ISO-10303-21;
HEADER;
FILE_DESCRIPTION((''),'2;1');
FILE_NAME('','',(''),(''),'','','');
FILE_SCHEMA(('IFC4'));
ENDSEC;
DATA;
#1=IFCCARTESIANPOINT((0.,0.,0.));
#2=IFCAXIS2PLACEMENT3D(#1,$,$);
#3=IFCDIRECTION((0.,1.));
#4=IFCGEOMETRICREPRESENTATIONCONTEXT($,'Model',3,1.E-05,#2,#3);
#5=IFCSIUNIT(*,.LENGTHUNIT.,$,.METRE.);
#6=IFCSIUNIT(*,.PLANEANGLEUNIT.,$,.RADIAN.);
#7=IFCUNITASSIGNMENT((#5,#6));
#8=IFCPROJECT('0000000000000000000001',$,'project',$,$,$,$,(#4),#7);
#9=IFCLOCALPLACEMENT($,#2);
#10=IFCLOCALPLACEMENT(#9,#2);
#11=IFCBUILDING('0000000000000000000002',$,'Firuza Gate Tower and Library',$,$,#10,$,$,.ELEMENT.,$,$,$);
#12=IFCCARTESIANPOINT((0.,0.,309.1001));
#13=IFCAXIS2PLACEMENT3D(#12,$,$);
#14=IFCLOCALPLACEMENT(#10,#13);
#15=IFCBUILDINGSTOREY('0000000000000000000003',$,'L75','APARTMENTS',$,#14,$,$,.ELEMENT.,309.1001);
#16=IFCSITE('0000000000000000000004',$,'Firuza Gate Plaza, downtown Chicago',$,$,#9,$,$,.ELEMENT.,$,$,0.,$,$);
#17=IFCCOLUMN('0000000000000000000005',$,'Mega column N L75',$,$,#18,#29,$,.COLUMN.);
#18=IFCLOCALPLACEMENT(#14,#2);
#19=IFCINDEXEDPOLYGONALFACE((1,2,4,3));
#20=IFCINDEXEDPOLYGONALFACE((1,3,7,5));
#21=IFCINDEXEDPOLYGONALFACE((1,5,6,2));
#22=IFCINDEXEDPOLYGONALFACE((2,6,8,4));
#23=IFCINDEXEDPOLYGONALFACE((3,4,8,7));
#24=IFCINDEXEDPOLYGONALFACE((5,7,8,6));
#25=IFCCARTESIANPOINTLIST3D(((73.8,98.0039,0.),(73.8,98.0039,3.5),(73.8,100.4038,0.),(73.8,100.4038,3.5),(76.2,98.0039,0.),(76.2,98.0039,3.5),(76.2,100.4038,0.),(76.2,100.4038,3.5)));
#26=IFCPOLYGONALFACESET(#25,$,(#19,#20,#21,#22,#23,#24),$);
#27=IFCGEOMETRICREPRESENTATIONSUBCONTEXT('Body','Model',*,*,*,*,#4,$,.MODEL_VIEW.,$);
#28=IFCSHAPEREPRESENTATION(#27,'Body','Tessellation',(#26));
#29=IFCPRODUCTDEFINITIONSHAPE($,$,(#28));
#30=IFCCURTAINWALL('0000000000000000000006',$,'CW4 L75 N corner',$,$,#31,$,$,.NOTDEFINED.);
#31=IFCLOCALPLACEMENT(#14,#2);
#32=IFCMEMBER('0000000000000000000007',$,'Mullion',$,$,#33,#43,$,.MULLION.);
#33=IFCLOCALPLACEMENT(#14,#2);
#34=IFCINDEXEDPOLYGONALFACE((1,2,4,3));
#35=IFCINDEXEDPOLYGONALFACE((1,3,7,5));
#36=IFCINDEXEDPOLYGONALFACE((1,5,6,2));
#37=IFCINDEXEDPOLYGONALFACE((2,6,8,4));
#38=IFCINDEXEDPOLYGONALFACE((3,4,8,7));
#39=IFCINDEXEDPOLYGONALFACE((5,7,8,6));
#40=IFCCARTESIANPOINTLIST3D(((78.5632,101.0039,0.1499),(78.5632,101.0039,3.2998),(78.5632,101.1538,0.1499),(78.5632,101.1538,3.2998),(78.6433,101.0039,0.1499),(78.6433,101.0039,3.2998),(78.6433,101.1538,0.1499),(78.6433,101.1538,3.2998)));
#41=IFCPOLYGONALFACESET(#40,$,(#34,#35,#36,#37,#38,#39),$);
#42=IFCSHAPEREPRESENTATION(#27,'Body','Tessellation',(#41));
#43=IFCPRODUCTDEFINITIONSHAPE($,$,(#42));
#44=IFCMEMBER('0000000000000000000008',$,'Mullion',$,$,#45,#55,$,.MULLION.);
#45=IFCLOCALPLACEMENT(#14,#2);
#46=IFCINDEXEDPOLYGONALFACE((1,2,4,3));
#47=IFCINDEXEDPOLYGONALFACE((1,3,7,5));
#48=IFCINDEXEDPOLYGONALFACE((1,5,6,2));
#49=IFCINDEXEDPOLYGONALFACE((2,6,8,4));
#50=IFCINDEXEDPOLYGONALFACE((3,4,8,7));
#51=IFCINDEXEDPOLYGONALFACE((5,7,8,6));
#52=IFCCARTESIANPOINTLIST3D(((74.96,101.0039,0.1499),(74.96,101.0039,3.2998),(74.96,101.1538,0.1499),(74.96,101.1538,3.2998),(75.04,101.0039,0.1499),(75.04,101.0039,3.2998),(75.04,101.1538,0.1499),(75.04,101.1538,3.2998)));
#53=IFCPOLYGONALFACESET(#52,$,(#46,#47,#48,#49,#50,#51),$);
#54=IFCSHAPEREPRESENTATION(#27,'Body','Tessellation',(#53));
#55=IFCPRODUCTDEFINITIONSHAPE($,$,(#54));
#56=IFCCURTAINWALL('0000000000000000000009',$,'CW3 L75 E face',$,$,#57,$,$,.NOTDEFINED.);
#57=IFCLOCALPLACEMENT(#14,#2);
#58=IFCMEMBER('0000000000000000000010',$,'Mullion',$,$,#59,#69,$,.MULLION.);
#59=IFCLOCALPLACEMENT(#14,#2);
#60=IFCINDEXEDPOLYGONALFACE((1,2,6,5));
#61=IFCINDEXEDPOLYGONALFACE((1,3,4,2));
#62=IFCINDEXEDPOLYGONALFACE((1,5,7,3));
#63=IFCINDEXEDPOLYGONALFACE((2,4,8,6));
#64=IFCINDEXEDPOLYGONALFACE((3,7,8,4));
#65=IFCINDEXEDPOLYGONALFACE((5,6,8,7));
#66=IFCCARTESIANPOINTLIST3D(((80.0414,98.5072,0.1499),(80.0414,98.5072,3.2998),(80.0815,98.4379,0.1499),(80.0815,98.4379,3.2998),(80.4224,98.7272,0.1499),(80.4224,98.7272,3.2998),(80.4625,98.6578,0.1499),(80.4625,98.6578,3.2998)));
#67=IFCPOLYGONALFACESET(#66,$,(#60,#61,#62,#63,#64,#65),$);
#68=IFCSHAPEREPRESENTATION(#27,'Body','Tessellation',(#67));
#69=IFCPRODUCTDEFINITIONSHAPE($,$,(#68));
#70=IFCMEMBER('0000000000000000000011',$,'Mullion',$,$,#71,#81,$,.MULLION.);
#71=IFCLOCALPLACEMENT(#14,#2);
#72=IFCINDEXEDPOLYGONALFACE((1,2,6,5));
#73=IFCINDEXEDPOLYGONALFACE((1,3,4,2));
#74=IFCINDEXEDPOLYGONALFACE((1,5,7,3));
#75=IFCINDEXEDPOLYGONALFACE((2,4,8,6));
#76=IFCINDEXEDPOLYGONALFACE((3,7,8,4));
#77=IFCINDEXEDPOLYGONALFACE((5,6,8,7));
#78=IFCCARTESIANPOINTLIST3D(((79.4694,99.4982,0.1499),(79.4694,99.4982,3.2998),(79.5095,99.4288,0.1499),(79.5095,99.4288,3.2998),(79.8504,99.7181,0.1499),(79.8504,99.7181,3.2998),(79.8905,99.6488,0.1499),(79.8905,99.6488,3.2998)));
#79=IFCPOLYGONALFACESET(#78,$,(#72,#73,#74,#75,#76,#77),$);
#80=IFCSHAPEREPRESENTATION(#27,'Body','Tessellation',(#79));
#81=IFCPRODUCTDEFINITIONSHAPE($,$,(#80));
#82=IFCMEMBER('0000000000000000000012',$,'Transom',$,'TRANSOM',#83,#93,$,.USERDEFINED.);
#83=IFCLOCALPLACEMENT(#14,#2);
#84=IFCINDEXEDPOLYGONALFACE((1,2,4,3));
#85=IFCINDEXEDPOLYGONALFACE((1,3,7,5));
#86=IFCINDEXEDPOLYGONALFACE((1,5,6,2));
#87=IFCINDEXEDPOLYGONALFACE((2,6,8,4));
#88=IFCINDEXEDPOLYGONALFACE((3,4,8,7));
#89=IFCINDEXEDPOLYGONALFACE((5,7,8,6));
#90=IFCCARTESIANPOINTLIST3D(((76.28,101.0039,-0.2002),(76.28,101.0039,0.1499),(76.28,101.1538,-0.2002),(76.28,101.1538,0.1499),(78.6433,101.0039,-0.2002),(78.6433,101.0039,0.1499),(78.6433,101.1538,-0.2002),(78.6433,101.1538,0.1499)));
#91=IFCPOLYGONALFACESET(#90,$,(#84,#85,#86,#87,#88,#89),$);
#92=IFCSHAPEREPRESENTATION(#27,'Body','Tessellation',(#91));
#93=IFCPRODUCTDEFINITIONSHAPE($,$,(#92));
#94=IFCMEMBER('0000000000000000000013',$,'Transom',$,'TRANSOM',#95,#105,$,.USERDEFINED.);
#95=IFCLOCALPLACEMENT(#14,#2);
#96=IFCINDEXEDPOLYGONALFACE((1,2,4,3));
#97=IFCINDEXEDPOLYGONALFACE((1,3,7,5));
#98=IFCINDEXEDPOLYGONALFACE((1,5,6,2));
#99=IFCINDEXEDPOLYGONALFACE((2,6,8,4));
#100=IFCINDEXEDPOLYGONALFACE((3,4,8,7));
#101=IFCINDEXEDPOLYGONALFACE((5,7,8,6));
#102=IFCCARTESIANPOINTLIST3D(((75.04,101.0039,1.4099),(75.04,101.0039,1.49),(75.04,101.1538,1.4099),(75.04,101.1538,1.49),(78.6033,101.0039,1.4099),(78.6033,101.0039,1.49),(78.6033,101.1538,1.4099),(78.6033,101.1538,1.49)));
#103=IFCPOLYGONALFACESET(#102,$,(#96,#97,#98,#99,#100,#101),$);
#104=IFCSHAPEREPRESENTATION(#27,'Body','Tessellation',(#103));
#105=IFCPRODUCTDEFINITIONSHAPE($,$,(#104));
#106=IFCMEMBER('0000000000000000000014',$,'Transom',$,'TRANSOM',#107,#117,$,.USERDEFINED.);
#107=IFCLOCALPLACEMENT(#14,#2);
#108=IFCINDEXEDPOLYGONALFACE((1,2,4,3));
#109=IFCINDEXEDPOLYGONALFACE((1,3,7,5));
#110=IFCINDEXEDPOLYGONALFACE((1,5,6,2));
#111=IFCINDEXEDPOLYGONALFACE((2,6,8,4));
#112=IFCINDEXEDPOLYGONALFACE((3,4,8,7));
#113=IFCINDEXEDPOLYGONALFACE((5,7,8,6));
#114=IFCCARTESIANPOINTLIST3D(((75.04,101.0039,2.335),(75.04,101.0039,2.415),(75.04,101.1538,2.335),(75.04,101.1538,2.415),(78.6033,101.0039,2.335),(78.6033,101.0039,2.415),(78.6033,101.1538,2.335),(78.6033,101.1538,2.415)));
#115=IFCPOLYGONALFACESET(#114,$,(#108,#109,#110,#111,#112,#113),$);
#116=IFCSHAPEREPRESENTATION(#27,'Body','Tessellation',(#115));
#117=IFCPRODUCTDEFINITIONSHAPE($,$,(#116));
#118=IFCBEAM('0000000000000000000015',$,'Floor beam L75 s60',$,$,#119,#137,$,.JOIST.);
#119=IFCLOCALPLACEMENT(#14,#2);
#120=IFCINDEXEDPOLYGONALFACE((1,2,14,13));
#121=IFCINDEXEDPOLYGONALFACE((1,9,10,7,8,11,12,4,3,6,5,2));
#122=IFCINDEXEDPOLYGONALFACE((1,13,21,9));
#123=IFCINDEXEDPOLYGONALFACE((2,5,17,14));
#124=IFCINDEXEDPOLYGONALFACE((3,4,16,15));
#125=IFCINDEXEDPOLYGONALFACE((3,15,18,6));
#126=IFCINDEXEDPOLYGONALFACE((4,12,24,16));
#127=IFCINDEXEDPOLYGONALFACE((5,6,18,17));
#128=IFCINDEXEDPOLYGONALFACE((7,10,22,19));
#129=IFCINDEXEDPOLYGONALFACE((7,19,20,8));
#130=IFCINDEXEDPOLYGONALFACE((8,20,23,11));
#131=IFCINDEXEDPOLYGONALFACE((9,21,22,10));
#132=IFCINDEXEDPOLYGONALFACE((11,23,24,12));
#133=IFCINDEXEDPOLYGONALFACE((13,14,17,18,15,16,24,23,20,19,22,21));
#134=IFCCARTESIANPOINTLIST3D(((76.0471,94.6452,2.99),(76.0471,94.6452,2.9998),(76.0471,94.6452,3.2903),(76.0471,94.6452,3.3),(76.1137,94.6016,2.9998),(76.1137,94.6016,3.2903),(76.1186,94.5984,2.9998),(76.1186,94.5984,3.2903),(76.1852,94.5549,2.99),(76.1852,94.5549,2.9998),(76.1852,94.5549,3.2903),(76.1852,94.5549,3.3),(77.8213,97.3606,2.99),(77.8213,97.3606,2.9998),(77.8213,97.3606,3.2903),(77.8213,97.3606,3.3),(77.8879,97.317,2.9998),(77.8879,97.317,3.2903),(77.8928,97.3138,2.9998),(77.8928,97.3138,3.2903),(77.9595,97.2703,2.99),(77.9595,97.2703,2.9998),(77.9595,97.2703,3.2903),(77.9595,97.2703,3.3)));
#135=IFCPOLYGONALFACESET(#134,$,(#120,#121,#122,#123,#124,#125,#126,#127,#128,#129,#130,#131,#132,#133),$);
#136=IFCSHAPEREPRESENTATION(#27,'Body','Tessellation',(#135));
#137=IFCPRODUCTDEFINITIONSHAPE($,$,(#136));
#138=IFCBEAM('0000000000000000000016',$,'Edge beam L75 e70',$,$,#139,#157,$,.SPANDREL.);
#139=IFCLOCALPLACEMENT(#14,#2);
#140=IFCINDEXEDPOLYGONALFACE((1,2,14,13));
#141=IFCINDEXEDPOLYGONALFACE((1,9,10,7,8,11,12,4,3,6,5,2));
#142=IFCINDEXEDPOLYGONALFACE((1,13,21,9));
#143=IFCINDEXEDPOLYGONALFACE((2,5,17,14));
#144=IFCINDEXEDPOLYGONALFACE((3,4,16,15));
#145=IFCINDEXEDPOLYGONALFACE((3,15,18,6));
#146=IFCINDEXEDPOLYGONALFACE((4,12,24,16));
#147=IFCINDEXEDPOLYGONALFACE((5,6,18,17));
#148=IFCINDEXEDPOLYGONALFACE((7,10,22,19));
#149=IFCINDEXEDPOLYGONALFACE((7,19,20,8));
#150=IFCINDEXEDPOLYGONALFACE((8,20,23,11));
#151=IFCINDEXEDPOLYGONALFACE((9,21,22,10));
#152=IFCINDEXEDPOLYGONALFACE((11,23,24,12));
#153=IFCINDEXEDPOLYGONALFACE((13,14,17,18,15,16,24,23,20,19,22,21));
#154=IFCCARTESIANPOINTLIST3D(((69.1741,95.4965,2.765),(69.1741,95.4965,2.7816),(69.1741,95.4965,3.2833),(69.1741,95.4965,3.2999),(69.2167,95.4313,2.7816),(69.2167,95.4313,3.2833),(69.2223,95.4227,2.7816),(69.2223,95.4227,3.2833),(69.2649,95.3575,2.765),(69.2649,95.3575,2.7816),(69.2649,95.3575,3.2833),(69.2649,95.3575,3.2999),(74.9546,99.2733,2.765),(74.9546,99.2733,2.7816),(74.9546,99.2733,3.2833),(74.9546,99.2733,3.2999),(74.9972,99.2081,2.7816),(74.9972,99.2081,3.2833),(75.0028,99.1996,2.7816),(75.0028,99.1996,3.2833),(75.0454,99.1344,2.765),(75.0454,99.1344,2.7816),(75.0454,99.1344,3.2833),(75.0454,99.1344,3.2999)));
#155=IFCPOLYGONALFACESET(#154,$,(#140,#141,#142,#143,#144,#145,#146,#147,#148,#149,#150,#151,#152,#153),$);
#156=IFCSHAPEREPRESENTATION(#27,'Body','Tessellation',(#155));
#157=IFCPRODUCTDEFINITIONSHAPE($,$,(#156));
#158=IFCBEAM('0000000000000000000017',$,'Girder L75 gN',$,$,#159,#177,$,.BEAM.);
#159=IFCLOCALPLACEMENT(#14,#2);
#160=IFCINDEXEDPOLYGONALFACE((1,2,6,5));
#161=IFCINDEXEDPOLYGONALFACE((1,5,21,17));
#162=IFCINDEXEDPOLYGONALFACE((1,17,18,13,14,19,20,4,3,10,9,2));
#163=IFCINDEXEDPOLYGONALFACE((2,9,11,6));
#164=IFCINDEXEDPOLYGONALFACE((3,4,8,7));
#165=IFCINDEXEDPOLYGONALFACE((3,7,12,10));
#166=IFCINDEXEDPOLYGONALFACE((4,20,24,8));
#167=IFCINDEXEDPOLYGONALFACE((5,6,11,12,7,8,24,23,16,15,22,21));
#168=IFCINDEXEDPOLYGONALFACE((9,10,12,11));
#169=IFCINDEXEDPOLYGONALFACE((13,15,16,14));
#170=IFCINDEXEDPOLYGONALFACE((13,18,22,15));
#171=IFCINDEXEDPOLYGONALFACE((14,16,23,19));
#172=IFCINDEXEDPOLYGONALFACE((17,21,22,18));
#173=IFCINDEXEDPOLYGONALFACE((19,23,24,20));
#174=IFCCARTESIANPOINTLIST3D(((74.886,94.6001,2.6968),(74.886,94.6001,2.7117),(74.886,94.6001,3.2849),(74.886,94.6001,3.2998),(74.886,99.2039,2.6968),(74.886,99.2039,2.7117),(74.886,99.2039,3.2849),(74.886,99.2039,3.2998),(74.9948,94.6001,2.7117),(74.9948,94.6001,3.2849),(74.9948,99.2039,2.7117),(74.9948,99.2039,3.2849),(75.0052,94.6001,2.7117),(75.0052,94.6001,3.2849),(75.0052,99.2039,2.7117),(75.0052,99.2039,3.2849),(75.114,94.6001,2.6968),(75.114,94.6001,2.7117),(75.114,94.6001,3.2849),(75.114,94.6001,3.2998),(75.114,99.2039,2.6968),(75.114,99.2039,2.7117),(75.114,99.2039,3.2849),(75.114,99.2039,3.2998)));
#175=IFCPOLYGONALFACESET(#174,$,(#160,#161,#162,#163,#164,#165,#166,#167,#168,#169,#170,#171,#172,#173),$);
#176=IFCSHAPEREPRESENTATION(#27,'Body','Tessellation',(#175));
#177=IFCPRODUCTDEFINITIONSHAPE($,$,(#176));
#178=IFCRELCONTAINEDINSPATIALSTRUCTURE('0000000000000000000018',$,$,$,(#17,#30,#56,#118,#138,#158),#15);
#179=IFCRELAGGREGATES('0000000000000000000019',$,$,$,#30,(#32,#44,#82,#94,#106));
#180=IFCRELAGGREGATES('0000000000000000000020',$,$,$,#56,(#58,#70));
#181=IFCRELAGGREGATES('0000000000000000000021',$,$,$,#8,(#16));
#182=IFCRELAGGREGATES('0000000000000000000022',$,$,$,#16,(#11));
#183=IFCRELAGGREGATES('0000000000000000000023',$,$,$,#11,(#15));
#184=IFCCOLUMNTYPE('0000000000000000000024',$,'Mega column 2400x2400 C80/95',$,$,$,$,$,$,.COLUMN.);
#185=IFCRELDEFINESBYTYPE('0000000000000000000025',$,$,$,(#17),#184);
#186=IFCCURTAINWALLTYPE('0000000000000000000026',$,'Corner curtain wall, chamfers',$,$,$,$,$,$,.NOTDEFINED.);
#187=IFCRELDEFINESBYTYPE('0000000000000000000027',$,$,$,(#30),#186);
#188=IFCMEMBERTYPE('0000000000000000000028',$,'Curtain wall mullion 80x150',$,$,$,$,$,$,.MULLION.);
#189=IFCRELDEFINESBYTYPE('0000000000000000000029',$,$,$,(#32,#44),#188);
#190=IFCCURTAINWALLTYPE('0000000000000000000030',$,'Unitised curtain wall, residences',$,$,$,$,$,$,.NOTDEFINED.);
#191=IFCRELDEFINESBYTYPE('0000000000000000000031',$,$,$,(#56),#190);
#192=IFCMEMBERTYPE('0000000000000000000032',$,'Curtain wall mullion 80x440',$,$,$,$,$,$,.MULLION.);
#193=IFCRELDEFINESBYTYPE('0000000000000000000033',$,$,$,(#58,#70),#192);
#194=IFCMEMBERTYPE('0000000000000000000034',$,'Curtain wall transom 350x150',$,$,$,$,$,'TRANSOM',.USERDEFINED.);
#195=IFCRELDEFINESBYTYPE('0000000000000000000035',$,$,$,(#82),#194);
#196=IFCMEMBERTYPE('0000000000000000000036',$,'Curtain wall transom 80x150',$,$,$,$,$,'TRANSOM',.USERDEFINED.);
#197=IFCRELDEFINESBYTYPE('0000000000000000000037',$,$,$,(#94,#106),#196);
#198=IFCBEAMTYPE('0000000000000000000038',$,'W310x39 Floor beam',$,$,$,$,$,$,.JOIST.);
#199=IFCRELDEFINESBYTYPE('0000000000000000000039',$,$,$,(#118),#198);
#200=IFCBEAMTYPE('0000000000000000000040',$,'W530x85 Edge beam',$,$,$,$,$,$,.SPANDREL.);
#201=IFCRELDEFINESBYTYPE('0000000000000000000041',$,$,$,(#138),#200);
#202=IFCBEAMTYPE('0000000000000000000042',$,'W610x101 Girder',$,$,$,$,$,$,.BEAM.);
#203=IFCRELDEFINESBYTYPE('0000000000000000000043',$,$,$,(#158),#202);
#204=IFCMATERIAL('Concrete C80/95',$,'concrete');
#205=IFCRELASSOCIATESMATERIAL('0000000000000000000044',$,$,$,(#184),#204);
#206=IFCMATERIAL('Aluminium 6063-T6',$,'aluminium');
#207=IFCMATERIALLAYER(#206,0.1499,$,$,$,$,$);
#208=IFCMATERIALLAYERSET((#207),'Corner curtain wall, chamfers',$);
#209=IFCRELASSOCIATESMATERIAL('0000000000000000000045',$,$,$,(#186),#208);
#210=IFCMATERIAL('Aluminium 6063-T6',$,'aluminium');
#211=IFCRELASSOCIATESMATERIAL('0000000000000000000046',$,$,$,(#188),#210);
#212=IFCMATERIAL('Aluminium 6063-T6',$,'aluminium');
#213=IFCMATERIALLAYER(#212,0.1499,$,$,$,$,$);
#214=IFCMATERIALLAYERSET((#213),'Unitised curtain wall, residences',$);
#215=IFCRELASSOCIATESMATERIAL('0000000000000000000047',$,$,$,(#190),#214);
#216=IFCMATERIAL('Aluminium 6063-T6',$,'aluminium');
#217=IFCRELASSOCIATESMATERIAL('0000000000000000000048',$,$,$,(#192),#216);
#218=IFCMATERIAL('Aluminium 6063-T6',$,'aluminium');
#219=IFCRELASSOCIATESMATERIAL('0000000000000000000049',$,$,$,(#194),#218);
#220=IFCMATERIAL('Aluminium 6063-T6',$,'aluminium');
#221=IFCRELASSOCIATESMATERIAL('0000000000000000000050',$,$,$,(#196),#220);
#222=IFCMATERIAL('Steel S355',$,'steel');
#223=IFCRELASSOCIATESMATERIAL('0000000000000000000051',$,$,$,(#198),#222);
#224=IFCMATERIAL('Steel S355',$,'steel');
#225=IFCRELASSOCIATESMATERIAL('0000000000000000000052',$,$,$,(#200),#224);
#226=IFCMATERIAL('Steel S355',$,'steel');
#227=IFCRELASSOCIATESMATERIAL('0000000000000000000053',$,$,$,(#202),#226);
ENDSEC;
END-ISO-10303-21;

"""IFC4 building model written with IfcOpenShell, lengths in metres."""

from ifc_helpers import new_model, si_unit, direction, frame, origin, origin_2d, place, context, subcontext, project, spatial, rectangle, i_section, extrude, material, layer, layer_set, material_profile, profile_set, type_object, element, aggregate, save


model = new_model("IFC4")

# Units and contexts
model_context = context("Model", 3, precision=1e-05, world=origin(), true_north=direction((0.0, 1.0)))
body_context = subcontext(model_context, "Body", "Model", "MODEL_VIEW")
ifc_project = project(units=[si_unit("LENGTHUNIT", "METRE"), si_unit("PLANEANGLEUNIT", "RADIAN")], contexts=[model_context])

# Site, building, storey
site_placement = place(None, origin())
site = spatial("IfcSite", under=ifc_project, at=site_placement, Name="Firuza Gate Plaza, downtown Chicago", CompositionType="ELEMENT", RefElevation=0.0)
building_placement = place(site_placement, origin())
building = spatial("IfcBuilding", under=site, at=building_placement, Name="Firuza Gate Tower and Library", CompositionType="ELEMENT")
storey_placement = place(building_placement, frame((0.0, 0.0, 309.1001)))
storey = spatial("IfcBuildingStorey", under=building, at=storey_placement, Name="L75", Description="APARTMENTS", CompositionType="ELEMENT", Elevation=309.1001)

# Column
ifc_material_1 = material(Name="Concrete C80/95", Category="concrete")
ifc_material_profile_1 = material_profile(ifc_material_1, rectangle(XDim=2.3999, YDim=2.3999, at=origin_2d()))
ifc_profile_set_1 = profile_set([ifc_material_profile_1], Name="Concrete C80/95")
column_type = type_object("IfcColumnType", Name="Mega column 2400x2400 C80/95", PredefinedType="COLUMN", material=ifc_profile_set_1)
column_placement = place(storey_placement, frame((75.0, 99.2039, 0.0), z_axis=(0.0, 0.0, 1.0), x_axis=(-1.0, 0.0, 0.0)))
element("IfcColumn", 1, at=column_placement, inside=storey, type_object=column_type, Name="Mega column N L75", PredefinedType="COLUMN", context=body_context, shape_type="SweptSolid", body=[
    extrude(rectangle(XDim=2.3999, YDim=2.3999, at=origin_2d()), origin(), (0.0, 0.0, 1.0), 3.5),
])

# Curtain walls, members
ifc_material_2 = material(Name="Aluminium 6063-T6", Category="aluminium")
ifc_layer_1 = layer(ifc_material_2, 0.1499)
ifc_layer_set_1 = layer_set([ifc_layer_1], Name="Corner curtain wall, chamfers")
curtain_wall_type_1 = type_object("IfcCurtainWallType", Name="Corner curtain wall, chamfers", PredefinedType="NOTDEFINED", material=ifc_layer_set_1)
placement = place(storey_placement, origin())
curtain_wall_1 = element("IfcCurtainWall", 2, at=placement, inside=storey, type_object=curtain_wall_type_1, Name="CW4 L75 N corner", PredefinedType="NOTDEFINED")
ifc_material_3 = material(Name="Aluminium 6063-T6", Category="aluminium")
ifc_material_profile_2 = material_profile(ifc_material_3, rectangle(XDim=0.1499, YDim=0.0801, at=origin_2d()))
ifc_profile_set_2 = profile_set([ifc_material_profile_2], Name="Aluminium 6063-T6")
member_type_1 = type_object("IfcMemberType", Name="Curtain wall mullion 80x150", PredefinedType="MULLION", material=ifc_profile_set_2)
member_1_placement = place(storey_placement, frame((78.6033, 101.0789, 0.1499), z_axis=(0.0, 0.0, 1.0), x_axis=(0.0, -1.0, 0.0)))
member_1 = element("IfcMember", 3, at=member_1_placement, type_object=member_type_1, Name="Mullion", PredefinedType="MULLION", context=body_context, shape_type="SweptSolid", body=[
    extrude(rectangle(XDim=0.1499, YDim=0.0801, at=origin_2d()), origin(), (0.0, 0.0, 1.0), 3.1499),
])
member_2_placement = place(storey_placement, frame((75.0, 101.0789, 0.1499), z_axis=(0.0, 0.0, 1.0), x_axis=(0.0, -1.0, 0.0)))
member_2 = element("IfcMember", 4, at=member_2_placement, type_object=member_type_1, Name="Mullion", PredefinedType="MULLION", context=body_context, shape_type="SweptSolid", body=[
    extrude(rectangle(XDim=0.1499, YDim=0.0801, at=origin_2d()), origin(), (0.0, 0.0, 1.0), 3.1499),
])
ifc_material_4 = material(Name="Aluminium 6063-T6", Category="aluminium")
ifc_layer_2 = layer(ifc_material_4, 0.1499)
ifc_layer_set_2 = layer_set([ifc_layer_2], Name="Unitised curtain wall, residences")
curtain_wall_type_2 = type_object("IfcCurtainWallType", Name="Unitised curtain wall, residences", PredefinedType="NOTDEFINED", material=ifc_layer_set_2)
curtain_wall_2 = element("IfcCurtainWall", 5, at=placement, inside=storey, type_object=curtain_wall_type_2, Name="CW3 L75 E face", PredefinedType="NOTDEFINED")
ifc_material_5 = material(Name="Aluminium 6063-T6", Category="aluminium")
ifc_material_profile_3 = material_profile(ifc_material_5, rectangle(XDim=0.4399, YDim=0.0801, at=origin_2d()))
ifc_profile_set_3 = profile_set([ifc_material_profile_3], Name="Aluminium 6063-T6")
member_type_2 = type_object("IfcMemberType", Name="Curtain wall mullion 80x440", PredefinedType="MULLION", material=ifc_profile_set_3)
member_3_placement = place(storey_placement, frame((80.252, 98.5825, 0.1499), z_axis=(0.0, 0.0, 1.0), x_axis=(-0.866025, -0.5, 0.0)))
member_3 = element("IfcMember", 6, at=member_3_placement, type_object=member_type_2, Name="Mullion", PredefinedType="MULLION", context=body_context, shape_type="SweptSolid", body=[
    extrude(rectangle(XDim=0.4399, YDim=0.0801, at=origin_2d()), origin(), (0.0, 0.0, 1.0), 3.1499),
])
member_4_placement = place(storey_placement, frame((79.6799, 99.5735, 0.1499), z_axis=(0.0, 0.0, 1.0), x_axis=(-0.866025, -0.5, 0.0)))
member_4 = element("IfcMember", 7, at=member_4_placement, type_object=member_type_2, Name="Mullion", PredefinedType="MULLION", context=body_context, shape_type="SweptSolid", body=[
    extrude(rectangle(XDim=0.4399, YDim=0.0801, at=origin_2d()), origin(), (0.0, 0.0, 1.0), 3.1499),
])

# Members
ifc_material_6 = material(Name="Aluminium 6063-T6", Category="aluminium")
ifc_material_profile_4 = material_profile(ifc_material_6, rectangle(XDim=0.1499, YDim=0.3501, at=origin_2d()))
ifc_profile_set_4 = profile_set([ifc_material_profile_4], Name="Aluminium 6063-T6")
member_type_3 = type_object("IfcMemberType", Name="Curtain wall transom 350x150", ElementType="TRANSOM", PredefinedType="USERDEFINED", material=ifc_profile_set_4)
member_5_placement = place(storey_placement, frame((78.6433, 101.0789, -0.0251), z_axis=(-1.0, 0.0, 0.0), x_axis=(0.0, -1.0, 0.0)))
member_5 = element("IfcMember", 8, at=member_5_placement, type_object=member_type_3, Name="Transom", ObjectType="TRANSOM", PredefinedType="USERDEFINED", context=body_context, shape_type="SweptSolid", body=[
    extrude(rectangle(XDim=0.1499, YDim=0.3501, at=origin_2d()), origin(), (0.0, 0.0, 1.0), 2.3633),
])
ifc_material_7 = material(Name="Aluminium 6063-T6", Category="aluminium")
ifc_material_profile_5 = material_profile(ifc_material_7, rectangle(XDim=0.1499, YDim=0.0801, at=origin_2d()))
ifc_profile_set_5 = profile_set([ifc_material_profile_5], Name="Aluminium 6063-T6")
member_type_4 = type_object("IfcMemberType", Name="Curtain wall transom 80x150", ElementType="TRANSOM", PredefinedType="USERDEFINED", material=ifc_profile_set_5)
member_6_placement = place(storey_placement, frame((78.6033, 101.0789, 1.45), z_axis=(-1.0, 0.0, 0.0), x_axis=(0.0, -1.0, 0.0)))
member_6 = element("IfcMember", 9, at=member_6_placement, type_object=member_type_4, Name="Transom", ObjectType="TRANSOM", PredefinedType="USERDEFINED", context=body_context, shape_type="SweptSolid", body=[
    extrude(rectangle(XDim=0.1499, YDim=0.0801, at=origin_2d()), origin(), (0.0, 0.0, 1.0), 3.5632),
])
member_7_placement = place(storey_placement, frame((78.6033, 101.0789, 2.375), z_axis=(-1.0, 0.0, 0.0), x_axis=(0.0, -1.0, 0.0)))
member_7 = element("IfcMember", 10, at=member_7_placement, type_object=member_type_4, Name="Transom", ObjectType="TRANSOM", PredefinedType="USERDEFINED", context=body_context, shape_type="SweptSolid", body=[
    extrude(rectangle(XDim=0.1499, YDim=0.0801, at=origin_2d()), origin(), (0.0, 0.0, 1.0), 3.5632),
])

# Beams
ifc_material_8 = material(Name="Steel S355", Category="steel")
ifc_material_profile_6 = material_profile(ifc_material_8, i_section(OverallWidth=0.165, OverallDepth=0.3101, WebThickness=0.0059, FlangeThickness=0.0098, at=origin_2d()))
ifc_profile_set_6 = profile_set([ifc_material_profile_6], Name="Steel S355")
beam_type_1 = type_object("IfcBeamType", Name="W310x39 Floor beam", PredefinedType="JOIST", material=ifc_profile_set_6)
beam_1_placement = place(storey_placement, frame((77.8904, 97.3154, 3.145), z_axis=(-0.546982, -0.837145, 0.0), x_axis=(0.837145, -0.546982, 0.0)))
element("IfcBeam", 11, at=beam_1_placement, inside=storey, type_object=beam_type_1, Name="Floor beam L75 s60", PredefinedType="JOIST", context=body_context, shape_type="SweptSolid", body=[
    extrude(i_section(OverallWidth=0.165, OverallDepth=0.3101, WebThickness=0.0059, FlangeThickness=0.0098, at=origin_2d()), origin(), (0.0, 0.0, 1.0), 3.2437),
])
ifc_material_9 = material(Name="Steel S355", Category="steel")
ifc_material_profile_7 = material_profile(ifc_material_9, i_section(OverallWidth=0.166, OverallDepth=0.5349, WebThickness=0.0103, FlangeThickness=0.0166, at=origin_2d()))
ifc_profile_set_7 = profile_set([ifc_material_profile_7], Name="Steel S355")
beam_type_2 = type_object("IfcBeamType", Name="W530x85 Edge beam", PredefinedType="SPANDREL", material=ifc_profile_set_7)
beam_2_placement = place(storey_placement, frame((75.0, 99.2039, 3.0325), z_axis=(-0.83715, -0.546974, 0.0), x_axis=(0.546974, -0.83715, 0.0)))
element("IfcBeam", 12, at=beam_2_placement, inside=storey, type_object=beam_type_2, Name="Edge beam L75 e70", PredefinedType="SPANDREL", context=body_context, shape_type="SweptSolid", body=[
    extrude(i_section(OverallWidth=0.166, OverallDepth=0.5349, WebThickness=0.0103, FlangeThickness=0.0166, at=origin_2d()), origin(), (0.0, 0.0, 1.0), 6.905),
])
ifc_material_10 = material(Name="Steel S355", Category="steel")
ifc_material_profile_8 = material_profile(ifc_material_10, i_section(OverallWidth=0.228, OverallDepth=0.603, WebThickness=0.0105, FlangeThickness=0.0149, at=origin_2d()))
ifc_profile_set_8 = profile_set([ifc_material_profile_8], Name="Steel S355")
beam_type_3 = type_object("IfcBeamType", Name="W610x101 Girder", PredefinedType="BEAM", material=ifc_profile_set_8)
beam_3_placement = place(storey_placement, frame((75.0, 99.2039, 2.9983), z_axis=(0.0, -1.0, 0.0), x_axis=(1.0, 0.0, 0.0)))
element("IfcBeam", 13, at=beam_3_placement, inside=storey, type_object=beam_type_3, Name="Girder L75 gN", PredefinedType="BEAM", context=body_context, shape_type="SweptSolid", body=[
    extrude(i_section(OverallWidth=0.228, OverallDepth=0.603, WebThickness=0.0105, FlangeThickness=0.0149, at=origin_2d()), origin(), (0.0, 0.0, 1.0), 4.6038),
])

aggregate(curtain_wall_1, [member_1, member_2, member_5, member_6, member_7])
aggregate(curtain_wall_2, [member_3, member_4])

save(model, "model.ifc")
